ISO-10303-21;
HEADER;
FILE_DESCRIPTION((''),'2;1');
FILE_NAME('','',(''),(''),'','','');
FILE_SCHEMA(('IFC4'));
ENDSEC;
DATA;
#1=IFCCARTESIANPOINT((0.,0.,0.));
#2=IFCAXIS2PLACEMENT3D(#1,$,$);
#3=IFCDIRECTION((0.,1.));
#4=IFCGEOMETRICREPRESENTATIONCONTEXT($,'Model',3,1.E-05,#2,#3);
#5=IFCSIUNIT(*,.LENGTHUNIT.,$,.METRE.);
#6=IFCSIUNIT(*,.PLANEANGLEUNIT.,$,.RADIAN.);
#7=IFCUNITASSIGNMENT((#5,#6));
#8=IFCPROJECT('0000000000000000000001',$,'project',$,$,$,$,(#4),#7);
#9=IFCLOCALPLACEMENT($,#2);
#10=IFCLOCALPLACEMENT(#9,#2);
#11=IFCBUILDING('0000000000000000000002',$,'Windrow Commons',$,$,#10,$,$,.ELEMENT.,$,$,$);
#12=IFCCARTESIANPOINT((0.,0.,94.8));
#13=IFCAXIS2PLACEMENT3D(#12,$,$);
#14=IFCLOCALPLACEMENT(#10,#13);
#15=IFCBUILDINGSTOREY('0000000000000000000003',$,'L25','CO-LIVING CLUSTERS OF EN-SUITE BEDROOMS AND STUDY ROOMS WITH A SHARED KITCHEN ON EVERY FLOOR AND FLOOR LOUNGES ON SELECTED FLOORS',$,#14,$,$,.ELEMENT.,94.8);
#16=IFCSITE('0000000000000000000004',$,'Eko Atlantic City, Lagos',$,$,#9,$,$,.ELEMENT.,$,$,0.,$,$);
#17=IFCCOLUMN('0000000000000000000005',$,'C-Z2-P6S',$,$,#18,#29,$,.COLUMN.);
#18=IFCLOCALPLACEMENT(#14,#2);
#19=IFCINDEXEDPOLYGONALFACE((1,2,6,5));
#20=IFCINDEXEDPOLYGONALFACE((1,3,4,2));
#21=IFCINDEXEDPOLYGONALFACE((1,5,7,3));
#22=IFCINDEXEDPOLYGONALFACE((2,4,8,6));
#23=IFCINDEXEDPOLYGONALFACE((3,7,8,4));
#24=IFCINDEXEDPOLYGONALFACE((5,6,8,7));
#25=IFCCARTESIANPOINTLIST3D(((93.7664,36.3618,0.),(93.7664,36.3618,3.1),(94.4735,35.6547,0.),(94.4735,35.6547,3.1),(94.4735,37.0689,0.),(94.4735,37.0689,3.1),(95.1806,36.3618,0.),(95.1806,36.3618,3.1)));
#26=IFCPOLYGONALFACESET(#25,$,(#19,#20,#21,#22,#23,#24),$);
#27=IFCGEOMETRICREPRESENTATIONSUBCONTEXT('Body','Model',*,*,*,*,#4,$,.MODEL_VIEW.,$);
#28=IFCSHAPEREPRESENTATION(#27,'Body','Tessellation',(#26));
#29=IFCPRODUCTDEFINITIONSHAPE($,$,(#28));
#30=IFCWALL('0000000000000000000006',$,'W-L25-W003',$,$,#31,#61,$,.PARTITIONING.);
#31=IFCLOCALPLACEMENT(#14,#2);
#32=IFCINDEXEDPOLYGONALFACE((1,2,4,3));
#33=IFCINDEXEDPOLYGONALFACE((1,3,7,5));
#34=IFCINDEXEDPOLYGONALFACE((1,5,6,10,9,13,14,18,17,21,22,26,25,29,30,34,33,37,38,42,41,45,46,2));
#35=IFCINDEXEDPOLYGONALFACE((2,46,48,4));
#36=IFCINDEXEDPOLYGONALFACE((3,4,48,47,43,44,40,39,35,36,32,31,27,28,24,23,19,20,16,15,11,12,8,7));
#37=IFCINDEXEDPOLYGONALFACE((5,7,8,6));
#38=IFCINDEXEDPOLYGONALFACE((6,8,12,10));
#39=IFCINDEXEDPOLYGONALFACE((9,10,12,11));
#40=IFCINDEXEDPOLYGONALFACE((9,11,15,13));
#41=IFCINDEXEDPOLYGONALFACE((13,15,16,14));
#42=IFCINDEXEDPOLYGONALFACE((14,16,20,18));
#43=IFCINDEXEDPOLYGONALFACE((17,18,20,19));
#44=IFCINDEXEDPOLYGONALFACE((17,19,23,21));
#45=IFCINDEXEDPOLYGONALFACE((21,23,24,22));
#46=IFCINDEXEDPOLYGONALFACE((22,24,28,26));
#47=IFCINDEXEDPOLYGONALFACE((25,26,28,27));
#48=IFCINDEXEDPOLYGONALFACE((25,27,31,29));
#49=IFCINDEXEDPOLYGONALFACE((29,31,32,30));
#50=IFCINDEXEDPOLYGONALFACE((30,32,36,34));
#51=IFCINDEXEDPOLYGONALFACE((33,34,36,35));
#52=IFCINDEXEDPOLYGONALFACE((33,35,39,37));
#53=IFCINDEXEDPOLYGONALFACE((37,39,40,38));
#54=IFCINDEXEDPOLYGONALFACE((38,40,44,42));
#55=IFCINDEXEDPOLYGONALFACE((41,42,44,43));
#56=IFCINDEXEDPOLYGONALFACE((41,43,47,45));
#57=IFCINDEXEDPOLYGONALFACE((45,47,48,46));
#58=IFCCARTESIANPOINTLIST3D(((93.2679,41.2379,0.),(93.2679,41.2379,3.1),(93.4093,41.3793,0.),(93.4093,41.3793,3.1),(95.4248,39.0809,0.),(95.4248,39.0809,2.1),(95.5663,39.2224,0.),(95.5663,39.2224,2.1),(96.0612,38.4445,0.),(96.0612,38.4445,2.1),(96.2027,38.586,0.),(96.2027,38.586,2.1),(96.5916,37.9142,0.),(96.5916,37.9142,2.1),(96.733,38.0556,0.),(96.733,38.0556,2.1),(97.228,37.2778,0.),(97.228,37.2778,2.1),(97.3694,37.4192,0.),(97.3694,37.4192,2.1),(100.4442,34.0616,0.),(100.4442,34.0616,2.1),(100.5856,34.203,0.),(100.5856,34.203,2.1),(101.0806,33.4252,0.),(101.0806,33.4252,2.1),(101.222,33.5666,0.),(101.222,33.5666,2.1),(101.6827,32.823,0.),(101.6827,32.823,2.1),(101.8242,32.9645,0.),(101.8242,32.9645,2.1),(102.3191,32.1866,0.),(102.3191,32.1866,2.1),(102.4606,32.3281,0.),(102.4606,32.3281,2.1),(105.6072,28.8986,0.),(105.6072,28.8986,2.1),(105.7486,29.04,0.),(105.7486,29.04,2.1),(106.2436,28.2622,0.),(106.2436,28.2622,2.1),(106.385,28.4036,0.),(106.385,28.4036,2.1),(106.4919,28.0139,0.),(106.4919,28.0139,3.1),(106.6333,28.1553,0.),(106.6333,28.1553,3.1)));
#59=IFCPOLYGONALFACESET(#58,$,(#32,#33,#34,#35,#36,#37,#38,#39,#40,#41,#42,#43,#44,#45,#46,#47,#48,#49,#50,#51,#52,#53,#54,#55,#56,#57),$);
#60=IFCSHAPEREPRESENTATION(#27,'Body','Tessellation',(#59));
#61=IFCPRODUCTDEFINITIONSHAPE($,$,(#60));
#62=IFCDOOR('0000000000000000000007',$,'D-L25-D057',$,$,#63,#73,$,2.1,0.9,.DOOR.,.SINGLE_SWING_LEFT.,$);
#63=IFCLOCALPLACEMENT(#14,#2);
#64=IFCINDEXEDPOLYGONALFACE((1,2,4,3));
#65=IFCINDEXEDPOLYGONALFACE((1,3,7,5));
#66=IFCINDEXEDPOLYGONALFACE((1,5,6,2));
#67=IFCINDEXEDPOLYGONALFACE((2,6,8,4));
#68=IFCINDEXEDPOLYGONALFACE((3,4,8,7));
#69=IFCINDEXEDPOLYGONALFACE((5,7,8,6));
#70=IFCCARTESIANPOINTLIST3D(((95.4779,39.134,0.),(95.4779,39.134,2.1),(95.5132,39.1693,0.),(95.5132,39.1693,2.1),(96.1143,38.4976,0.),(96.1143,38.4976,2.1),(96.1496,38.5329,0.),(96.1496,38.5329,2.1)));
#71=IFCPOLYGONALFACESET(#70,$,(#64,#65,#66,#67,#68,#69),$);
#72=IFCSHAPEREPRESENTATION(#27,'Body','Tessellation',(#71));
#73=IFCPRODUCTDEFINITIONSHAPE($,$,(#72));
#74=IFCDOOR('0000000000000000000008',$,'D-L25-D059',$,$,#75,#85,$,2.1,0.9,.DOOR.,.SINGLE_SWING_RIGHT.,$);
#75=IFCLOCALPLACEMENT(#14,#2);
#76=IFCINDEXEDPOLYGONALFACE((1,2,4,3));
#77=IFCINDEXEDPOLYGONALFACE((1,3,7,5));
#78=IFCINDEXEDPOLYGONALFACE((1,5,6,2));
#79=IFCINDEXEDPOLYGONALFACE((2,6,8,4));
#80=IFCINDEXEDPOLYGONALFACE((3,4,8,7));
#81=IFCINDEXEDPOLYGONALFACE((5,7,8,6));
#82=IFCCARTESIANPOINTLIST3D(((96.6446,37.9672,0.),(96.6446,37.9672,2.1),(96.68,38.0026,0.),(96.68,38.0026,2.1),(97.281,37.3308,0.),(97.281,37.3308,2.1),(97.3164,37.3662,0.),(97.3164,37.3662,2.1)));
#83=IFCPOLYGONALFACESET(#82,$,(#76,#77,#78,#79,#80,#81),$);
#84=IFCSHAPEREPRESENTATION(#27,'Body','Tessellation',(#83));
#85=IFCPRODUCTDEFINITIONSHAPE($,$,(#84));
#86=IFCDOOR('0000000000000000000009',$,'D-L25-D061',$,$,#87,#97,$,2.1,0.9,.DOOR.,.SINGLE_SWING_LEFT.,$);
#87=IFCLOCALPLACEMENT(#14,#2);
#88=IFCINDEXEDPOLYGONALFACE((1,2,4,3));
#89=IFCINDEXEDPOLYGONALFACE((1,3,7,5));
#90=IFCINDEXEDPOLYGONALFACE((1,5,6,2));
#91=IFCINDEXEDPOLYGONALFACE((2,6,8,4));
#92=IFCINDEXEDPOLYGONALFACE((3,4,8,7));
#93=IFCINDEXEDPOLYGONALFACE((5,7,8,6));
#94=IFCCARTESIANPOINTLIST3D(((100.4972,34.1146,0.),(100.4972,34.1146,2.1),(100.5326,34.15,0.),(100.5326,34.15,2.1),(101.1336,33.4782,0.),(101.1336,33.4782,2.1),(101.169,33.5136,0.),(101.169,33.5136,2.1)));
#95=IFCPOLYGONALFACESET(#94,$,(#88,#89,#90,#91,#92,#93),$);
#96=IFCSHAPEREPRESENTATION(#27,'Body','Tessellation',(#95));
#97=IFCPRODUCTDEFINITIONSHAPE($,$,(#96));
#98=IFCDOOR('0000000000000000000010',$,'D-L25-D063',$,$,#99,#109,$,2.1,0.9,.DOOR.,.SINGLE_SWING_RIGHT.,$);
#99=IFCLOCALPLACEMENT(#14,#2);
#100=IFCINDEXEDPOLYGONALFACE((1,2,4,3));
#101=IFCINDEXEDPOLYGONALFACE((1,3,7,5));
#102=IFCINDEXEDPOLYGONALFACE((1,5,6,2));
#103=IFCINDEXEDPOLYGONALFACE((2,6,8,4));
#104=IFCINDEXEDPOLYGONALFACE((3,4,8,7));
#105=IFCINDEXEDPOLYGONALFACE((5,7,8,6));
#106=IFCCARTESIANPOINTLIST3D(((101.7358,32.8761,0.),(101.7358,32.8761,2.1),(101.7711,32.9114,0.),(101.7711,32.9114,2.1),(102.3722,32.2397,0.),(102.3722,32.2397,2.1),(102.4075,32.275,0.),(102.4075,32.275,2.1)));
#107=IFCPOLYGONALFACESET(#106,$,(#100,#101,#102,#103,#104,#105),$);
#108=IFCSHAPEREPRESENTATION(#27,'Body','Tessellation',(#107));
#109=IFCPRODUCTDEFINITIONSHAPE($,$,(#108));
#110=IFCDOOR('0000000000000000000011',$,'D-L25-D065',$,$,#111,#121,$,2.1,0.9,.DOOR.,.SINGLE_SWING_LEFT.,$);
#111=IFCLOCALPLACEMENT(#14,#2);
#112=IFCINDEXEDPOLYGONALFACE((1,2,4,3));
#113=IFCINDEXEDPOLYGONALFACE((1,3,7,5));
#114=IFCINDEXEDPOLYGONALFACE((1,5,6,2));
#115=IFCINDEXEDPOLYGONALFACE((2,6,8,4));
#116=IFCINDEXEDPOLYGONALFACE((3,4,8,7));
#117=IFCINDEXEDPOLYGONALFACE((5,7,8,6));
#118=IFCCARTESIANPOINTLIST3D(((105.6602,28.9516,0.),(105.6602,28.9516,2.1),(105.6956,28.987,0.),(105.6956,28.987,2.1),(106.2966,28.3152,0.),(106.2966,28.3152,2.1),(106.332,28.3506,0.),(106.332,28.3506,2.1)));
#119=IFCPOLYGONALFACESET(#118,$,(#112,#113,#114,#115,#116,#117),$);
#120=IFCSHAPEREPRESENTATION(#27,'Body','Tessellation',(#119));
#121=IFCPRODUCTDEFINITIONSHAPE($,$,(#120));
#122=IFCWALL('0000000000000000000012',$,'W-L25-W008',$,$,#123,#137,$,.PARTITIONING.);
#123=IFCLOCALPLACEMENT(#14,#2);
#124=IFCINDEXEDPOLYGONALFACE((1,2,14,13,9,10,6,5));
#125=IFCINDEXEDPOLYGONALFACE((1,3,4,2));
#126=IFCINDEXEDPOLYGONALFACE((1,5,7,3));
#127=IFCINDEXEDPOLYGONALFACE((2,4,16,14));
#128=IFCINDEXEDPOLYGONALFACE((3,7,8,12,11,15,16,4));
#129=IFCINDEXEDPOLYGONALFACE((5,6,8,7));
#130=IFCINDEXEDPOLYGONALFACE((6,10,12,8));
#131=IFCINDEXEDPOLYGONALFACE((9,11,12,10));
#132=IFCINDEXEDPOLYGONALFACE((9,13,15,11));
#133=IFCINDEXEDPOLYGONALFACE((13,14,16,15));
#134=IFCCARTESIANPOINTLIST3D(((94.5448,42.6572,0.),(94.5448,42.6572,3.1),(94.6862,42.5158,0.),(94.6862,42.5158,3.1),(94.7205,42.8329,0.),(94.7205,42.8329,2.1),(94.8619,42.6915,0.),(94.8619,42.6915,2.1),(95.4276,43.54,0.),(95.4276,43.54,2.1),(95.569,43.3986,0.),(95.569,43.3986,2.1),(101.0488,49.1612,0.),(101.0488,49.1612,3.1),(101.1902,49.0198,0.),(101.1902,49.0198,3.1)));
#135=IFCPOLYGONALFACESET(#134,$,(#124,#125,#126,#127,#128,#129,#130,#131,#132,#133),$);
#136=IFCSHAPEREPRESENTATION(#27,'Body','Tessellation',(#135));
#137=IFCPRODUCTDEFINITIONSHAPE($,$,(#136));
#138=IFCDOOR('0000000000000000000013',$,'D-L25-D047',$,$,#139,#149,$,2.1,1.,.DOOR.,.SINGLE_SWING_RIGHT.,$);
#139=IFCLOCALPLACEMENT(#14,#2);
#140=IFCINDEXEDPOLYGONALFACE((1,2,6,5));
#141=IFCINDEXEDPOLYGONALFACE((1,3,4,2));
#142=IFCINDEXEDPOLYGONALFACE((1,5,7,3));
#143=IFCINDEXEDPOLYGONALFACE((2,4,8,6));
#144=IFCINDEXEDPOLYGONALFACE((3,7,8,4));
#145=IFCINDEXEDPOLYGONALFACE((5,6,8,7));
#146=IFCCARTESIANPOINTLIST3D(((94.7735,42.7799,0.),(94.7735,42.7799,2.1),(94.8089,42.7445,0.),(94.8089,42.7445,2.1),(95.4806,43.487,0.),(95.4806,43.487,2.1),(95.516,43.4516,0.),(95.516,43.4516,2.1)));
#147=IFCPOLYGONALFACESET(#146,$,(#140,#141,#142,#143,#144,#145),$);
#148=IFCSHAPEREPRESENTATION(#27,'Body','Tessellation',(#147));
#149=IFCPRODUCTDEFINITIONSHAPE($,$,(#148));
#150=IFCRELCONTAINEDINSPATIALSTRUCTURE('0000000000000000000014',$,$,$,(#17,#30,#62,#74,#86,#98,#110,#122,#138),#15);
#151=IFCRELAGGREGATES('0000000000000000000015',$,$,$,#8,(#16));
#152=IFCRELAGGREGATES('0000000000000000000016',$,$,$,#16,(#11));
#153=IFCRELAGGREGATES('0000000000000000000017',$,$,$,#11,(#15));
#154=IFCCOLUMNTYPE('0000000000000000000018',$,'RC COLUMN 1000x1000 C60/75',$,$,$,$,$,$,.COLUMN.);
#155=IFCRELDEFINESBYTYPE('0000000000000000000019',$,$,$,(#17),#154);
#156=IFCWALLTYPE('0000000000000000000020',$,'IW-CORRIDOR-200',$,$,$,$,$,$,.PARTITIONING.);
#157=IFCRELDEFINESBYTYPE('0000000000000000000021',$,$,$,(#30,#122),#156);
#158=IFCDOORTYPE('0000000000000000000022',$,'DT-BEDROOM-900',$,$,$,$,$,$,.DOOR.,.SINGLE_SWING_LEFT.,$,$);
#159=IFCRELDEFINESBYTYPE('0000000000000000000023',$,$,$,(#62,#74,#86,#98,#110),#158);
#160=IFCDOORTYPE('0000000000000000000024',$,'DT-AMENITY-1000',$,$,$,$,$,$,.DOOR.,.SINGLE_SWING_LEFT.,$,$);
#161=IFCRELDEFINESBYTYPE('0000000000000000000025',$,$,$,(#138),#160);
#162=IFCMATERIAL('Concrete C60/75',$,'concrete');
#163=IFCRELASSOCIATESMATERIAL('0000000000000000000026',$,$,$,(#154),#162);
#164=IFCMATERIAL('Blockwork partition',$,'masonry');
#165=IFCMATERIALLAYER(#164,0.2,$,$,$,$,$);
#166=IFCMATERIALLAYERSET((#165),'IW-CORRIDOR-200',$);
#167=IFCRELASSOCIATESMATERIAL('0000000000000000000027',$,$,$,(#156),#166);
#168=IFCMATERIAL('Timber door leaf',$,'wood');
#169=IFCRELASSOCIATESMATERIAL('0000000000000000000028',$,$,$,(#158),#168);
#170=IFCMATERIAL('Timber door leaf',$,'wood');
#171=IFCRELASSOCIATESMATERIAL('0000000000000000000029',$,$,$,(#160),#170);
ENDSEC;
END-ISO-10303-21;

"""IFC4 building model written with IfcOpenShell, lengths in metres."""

from ifc_helpers import new_model, si_unit, direction, frame, frame_2d, origin, origin_2d, place, context, subcontext, project, spatial, rectangle, extrude, material, layer, layer_set, material_profile, profile_set, type_object, element, fill, save


model = new_model("IFC4")

# Units and contexts
model_context = context("Model", 3, precision=1e-05, world=origin(), true_north=direction((0.0, 1.0)))
body_context = subcontext(model_context, "Body", "Model", "MODEL_VIEW")
ifc_project = project(units=[si_unit("LENGTHUNIT", "METRE"), si_unit("PLANEANGLEUNIT", "RADIAN")], contexts=[model_context])

# Site, building, storey
site_placement = place(None, origin())
site = spatial("IfcSite", under=ifc_project, at=site_placement, Name="Eko Atlantic City, Lagos", CompositionType="ELEMENT", RefElevation=0.0)
building_placement = place(site_placement, origin())
building = spatial("IfcBuilding", under=site, at=building_placement, Name="Windrow Commons", CompositionType="ELEMENT")
storey_placement = place(building_placement, frame((0.0, 0.0, 94.8)))
storey = spatial("IfcBuildingStorey", under=building, at=storey_placement, Name="L25", Description="CO-LIVING CLUSTERS OF EN-SUITE BEDROOMS AND STUDY ROOMS WITH A SHARED KITCHEN ON EVERY FLOOR AND FLOOR LOUNGES ON SELECTED FLOORS", CompositionType="ELEMENT", Elevation=94.8)

# Column
ifc_material_1 = material(Name="Concrete C60/75", Category="concrete")
ifc_material_profile = material_profile(ifc_material_1, rectangle(XDim=1.0, YDim=1.0, at=origin_2d()))
ifc_profile_set = profile_set([ifc_material_profile], Name="Concrete C60/75")
column_type = type_object("IfcColumnType", Name="RC COLUMN 1000x1000 C60/75", PredefinedType="COLUMN", material=ifc_profile_set)
column_placement = place(storey_placement, frame((94.4735, 36.3618, 0.0), z_axis=(0.0, 0.0, 1.0), x_axis=(0.707107, -0.707107, 0.0)))
element("IfcColumn", 1, at=column_placement, inside=storey, type_object=column_type, Name="C-Z2-P6S", PredefinedType="COLUMN", context=body_context, shape_type="SweptSolid", body=[
    extrude(rectangle(XDim=1.0, YDim=1.0, at=origin_2d()), origin(), (0.0, 0.0, 1.0), 3.1),
])

# Wall, openings, doors
ifc_material_2 = material(Name="Blockwork partition", Category="masonry")
ifc_layer_1 = layer(ifc_material_2, 0.2)
ifc_layer_set_1 = layer_set([ifc_layer_1], Name="IW-CORRIDOR-200")
wall_type_1 = type_object("IfcWallType", Name="IW-CORRIDOR-200", PredefinedType="PARTITIONING", material=ifc_layer_set_1)
wall_1_placement = place(storey_placement, frame((93.3386, 41.3086, 0.0), z_axis=(0.0, 0.0, 1.0), x_axis=(0.707107, -0.707107, 0.0)))
wall_1 = element("IfcWall", 2, at=wall_1_placement, inside=storey, type_object=wall_type_1, Name="W-L25-W003", PredefinedType="PARTITIONING", context=body_context, shape_type="SweptSolid", body=[
    extrude(rectangle(XDim=18.7016, YDim=0.2, at=frame_2d((9.3508, 0.0))), origin(), (0.0, 0.0, 1.0), 3.1),
])
opening_1_placement = place(wall_1_placement, frame((3.0504, 0.0, 0.0)))
opening_1 = element("IfcOpeningElement", 3, at=opening_1_placement, cuts=wall_1, PredefinedType="OPENING", context=body_context, shape_type="SweptSolid", body=[
    extrude(rectangle(XDim=0.9, YDim=2.1, at=frame_2d((0.45, 1.05))), frame((0.0, 0.11, 0.0), z_axis=(0.0, -1.0, 0.0), x_axis=(1.0, 0.0, 0.0)), (0.0, 0.0, 1.0), 0.22),
])
opening_2_placement = place(wall_1_placement, frame((4.7004, 0.0, 0.0)))
opening_2 = element("IfcOpeningElement", 4, at=opening_2_placement, cuts=wall_1, PredefinedType="OPENING", context=body_context, shape_type="SweptSolid", body=[
    extrude(rectangle(XDim=0.9, YDim=2.1, at=frame_2d((0.45, 1.05))), frame((0.0, 0.11, 0.0), z_axis=(0.0, -1.0, 0.0), x_axis=(1.0, 0.0, 0.0)), (0.0, 0.0, 1.0), 0.22),
])
opening_3_placement = place(wall_1_placement, frame((10.1488, 0.0, 0.0)))
opening_3 = element("IfcOpeningElement", 5, at=opening_3_placement, cuts=wall_1, PredefinedType="OPENING", context=body_context, shape_type="SweptSolid", body=[
    extrude(rectangle(XDim=0.9, YDim=2.1, at=frame_2d((0.45, 1.05))), frame((0.0, 0.11, 0.0), z_axis=(0.0, -1.0, 0.0), x_axis=(1.0, 0.0, 0.0)), (0.0, 0.0, 1.0), 0.22),
])
opening_4_placement = place(wall_1_placement, frame((11.9004, 0.0, 0.0)))
opening_4 = element("IfcOpeningElement", 6, at=opening_4_placement, cuts=wall_1, PredefinedType="OPENING", context=body_context, shape_type="SweptSolid", body=[
    extrude(rectangle(XDim=0.9, YDim=2.1, at=frame_2d((0.45, 1.05))), frame((0.0, 0.11, 0.0), z_axis=(0.0, -1.0, 0.0), x_axis=(1.0, 0.0, 0.0)), (0.0, 0.0, 1.0), 0.22),
])
opening_5_placement = place(wall_1_placement, frame((17.4504, 0.0, 0.0)))
opening_5 = element("IfcOpeningElement", 7, at=opening_5_placement, cuts=wall_1, PredefinedType="OPENING", context=body_context, shape_type="SweptSolid", body=[
    extrude(rectangle(XDim=0.9, YDim=2.1, at=frame_2d((0.45, 1.05))), frame((0.0, 0.11, 0.0), z_axis=(0.0, -1.0, 0.0), x_axis=(1.0, 0.0, 0.0)), (0.0, 0.0, 1.0), 0.22),
])
ifc_material_3 = material(Name="Timber door leaf", Category="wood")
door_type_1 = type_object("IfcDoorType", Name="DT-BEDROOM-900", OperationType="SINGLE_SWING_LEFT", PredefinedType="DOOR", material=ifc_material_3)
door_1_placement = place(opening_1_placement, origin())
door_1 = element("IfcDoor", 8, at=door_1_placement, inside=storey, type_object=door_type_1, Name="D-L25-D057", OperationType="SINGLE_SWING_LEFT", OverallHeight=2.1, OverallWidth=0.9, PredefinedType="DOOR", context=body_context, shape_type="SweptSolid", body=[
    extrude(rectangle(XDim=0.9, YDim=2.1, at=frame_2d((0.45, 1.05))), frame((0.0, 0.025, 0.0), z_axis=(0.0, -1.0, 0.0), x_axis=(1.0, 0.0, 0.0)), (0.0, 0.0, 1.0), 0.05),
])
fill(opening_1, door_1)
door_2_placement = place(opening_2_placement, origin())
door_2 = element("IfcDoor", 9, at=door_2_placement, inside=storey, type_object=door_type_1, Name="D-L25-D059", OperationType="SINGLE_SWING_RIGHT", OverallHeight=2.1, OverallWidth=0.9, PredefinedType="DOOR", context=body_context, shape_type="SweptSolid", body=[
    extrude(rectangle(XDim=0.9, YDim=2.1, at=frame_2d((0.45, 1.05))), frame((0.0, 0.025, 0.0), z_axis=(0.0, -1.0, 0.0), x_axis=(1.0, 0.0, 0.0)), (0.0, 0.0, 1.0), 0.05),
])
fill(opening_2, door_2)
door_3_placement = place(opening_3_placement, origin())
door_3 = element("IfcDoor", 10, at=door_3_placement, inside=storey, type_object=door_type_1, Name="D-L25-D061", OperationType="SINGLE_SWING_LEFT", OverallHeight=2.1, OverallWidth=0.9, PredefinedType="DOOR", context=body_context, shape_type="SweptSolid", body=[
    extrude(rectangle(XDim=0.9, YDim=2.1, at=frame_2d((0.45, 1.05))), frame((0.0, 0.025, 0.0), z_axis=(0.0, -1.0, 0.0), x_axis=(1.0, 0.0, 0.0)), (0.0, 0.0, 1.0), 0.05),
])
fill(opening_3, door_3)
door_4_placement = place(opening_4_placement, origin())
door_4 = element("IfcDoor", 11, at=door_4_placement, inside=storey, type_object=door_type_1, Name="D-L25-D063", OperationType="SINGLE_SWING_RIGHT", OverallHeight=2.1, OverallWidth=0.9, PredefinedType="DOOR", context=body_context, shape_type="SweptSolid", body=[
    extrude(rectangle(XDim=0.9, YDim=2.1, at=frame_2d((0.45, 1.05))), frame((0.0, 0.025, 0.0), z_axis=(0.0, -1.0, 0.0), x_axis=(1.0, 0.0, 0.0)), (0.0, 0.0, 1.0), 0.05),
])
fill(opening_4, door_4)
door_5_placement = place(opening_5_placement, origin())
door_5 = element("IfcDoor", 12, at=door_5_placement, inside=storey, type_object=door_type_1, Name="D-L25-D065", OperationType="SINGLE_SWING_LEFT", OverallHeight=2.1, OverallWidth=0.9, PredefinedType="DOOR", context=body_context, shape_type="SweptSolid", body=[
    extrude(rectangle(XDim=0.9, YDim=2.1, at=frame_2d((0.45, 1.05))), frame((0.0, 0.025, 0.0), z_axis=(0.0, -1.0, 0.0), x_axis=(1.0, 0.0, 0.0)), (0.0, 0.0, 1.0), 0.05),
])
fill(opening_5, door_5)

# Wall, opening, door
wall_2_placement = place(storey_placement, frame((94.6155, 42.5865, 0.0), z_axis=(0.0, 0.0, 1.0), x_axis=(0.707107, 0.707107, 0.0)))
wall_2 = element("IfcWall", 13, at=wall_2_placement, inside=storey, type_object=wall_type_1, Name="W-L25-W008", PredefinedType="PARTITIONING", context=body_context, shape_type="SweptSolid", body=[
    extrude(rectangle(XDim=9.198, YDim=0.2, at=frame_2d((4.599, 0.0))), origin(), (0.0, 0.0, 1.0), 3.1),
])
opening_6_placement = place(wall_2_placement, frame((0.2485, 0.0, 0.0)))
opening_6 = element("IfcOpeningElement", 14, at=opening_6_placement, cuts=wall_2, PredefinedType="OPENING", context=body_context, shape_type="SweptSolid", body=[
    extrude(rectangle(XDim=1.0, YDim=2.1, at=frame_2d((0.5, 1.05))), frame((0.0, 0.11, 0.0), z_axis=(0.0, -1.0, 0.0), x_axis=(1.0, 0.0, 0.0)), (0.0, 0.0, 1.0), 0.22),
])
ifc_material_4 = material(Name="Timber door leaf", Category="wood")
door_type_2 = type_object("IfcDoorType", Name="DT-AMENITY-1000", OperationType="SINGLE_SWING_LEFT", PredefinedType="DOOR", material=ifc_material_4)
door_6_placement = place(opening_6_placement, origin())
door_6 = element("IfcDoor", 15, at=door_6_placement, inside=storey, type_object=door_type_2, Name="D-L25-D047", OperationType="SINGLE_SWING_RIGHT", OverallHeight=2.1, OverallWidth=1.0, PredefinedType="DOOR", context=body_context, shape_type="SweptSolid", body=[
    extrude(rectangle(XDim=1.0, YDim=2.1, at=frame_2d((0.5, 1.05))), frame((0.0, 0.025, 0.0), z_axis=(0.0, -1.0, 0.0), x_axis=(1.0, 0.0, 0.0)), (0.0, 0.0, 1.0), 0.05),
])
fill(opening_6, door_6)

save(model, "model.ifc")
